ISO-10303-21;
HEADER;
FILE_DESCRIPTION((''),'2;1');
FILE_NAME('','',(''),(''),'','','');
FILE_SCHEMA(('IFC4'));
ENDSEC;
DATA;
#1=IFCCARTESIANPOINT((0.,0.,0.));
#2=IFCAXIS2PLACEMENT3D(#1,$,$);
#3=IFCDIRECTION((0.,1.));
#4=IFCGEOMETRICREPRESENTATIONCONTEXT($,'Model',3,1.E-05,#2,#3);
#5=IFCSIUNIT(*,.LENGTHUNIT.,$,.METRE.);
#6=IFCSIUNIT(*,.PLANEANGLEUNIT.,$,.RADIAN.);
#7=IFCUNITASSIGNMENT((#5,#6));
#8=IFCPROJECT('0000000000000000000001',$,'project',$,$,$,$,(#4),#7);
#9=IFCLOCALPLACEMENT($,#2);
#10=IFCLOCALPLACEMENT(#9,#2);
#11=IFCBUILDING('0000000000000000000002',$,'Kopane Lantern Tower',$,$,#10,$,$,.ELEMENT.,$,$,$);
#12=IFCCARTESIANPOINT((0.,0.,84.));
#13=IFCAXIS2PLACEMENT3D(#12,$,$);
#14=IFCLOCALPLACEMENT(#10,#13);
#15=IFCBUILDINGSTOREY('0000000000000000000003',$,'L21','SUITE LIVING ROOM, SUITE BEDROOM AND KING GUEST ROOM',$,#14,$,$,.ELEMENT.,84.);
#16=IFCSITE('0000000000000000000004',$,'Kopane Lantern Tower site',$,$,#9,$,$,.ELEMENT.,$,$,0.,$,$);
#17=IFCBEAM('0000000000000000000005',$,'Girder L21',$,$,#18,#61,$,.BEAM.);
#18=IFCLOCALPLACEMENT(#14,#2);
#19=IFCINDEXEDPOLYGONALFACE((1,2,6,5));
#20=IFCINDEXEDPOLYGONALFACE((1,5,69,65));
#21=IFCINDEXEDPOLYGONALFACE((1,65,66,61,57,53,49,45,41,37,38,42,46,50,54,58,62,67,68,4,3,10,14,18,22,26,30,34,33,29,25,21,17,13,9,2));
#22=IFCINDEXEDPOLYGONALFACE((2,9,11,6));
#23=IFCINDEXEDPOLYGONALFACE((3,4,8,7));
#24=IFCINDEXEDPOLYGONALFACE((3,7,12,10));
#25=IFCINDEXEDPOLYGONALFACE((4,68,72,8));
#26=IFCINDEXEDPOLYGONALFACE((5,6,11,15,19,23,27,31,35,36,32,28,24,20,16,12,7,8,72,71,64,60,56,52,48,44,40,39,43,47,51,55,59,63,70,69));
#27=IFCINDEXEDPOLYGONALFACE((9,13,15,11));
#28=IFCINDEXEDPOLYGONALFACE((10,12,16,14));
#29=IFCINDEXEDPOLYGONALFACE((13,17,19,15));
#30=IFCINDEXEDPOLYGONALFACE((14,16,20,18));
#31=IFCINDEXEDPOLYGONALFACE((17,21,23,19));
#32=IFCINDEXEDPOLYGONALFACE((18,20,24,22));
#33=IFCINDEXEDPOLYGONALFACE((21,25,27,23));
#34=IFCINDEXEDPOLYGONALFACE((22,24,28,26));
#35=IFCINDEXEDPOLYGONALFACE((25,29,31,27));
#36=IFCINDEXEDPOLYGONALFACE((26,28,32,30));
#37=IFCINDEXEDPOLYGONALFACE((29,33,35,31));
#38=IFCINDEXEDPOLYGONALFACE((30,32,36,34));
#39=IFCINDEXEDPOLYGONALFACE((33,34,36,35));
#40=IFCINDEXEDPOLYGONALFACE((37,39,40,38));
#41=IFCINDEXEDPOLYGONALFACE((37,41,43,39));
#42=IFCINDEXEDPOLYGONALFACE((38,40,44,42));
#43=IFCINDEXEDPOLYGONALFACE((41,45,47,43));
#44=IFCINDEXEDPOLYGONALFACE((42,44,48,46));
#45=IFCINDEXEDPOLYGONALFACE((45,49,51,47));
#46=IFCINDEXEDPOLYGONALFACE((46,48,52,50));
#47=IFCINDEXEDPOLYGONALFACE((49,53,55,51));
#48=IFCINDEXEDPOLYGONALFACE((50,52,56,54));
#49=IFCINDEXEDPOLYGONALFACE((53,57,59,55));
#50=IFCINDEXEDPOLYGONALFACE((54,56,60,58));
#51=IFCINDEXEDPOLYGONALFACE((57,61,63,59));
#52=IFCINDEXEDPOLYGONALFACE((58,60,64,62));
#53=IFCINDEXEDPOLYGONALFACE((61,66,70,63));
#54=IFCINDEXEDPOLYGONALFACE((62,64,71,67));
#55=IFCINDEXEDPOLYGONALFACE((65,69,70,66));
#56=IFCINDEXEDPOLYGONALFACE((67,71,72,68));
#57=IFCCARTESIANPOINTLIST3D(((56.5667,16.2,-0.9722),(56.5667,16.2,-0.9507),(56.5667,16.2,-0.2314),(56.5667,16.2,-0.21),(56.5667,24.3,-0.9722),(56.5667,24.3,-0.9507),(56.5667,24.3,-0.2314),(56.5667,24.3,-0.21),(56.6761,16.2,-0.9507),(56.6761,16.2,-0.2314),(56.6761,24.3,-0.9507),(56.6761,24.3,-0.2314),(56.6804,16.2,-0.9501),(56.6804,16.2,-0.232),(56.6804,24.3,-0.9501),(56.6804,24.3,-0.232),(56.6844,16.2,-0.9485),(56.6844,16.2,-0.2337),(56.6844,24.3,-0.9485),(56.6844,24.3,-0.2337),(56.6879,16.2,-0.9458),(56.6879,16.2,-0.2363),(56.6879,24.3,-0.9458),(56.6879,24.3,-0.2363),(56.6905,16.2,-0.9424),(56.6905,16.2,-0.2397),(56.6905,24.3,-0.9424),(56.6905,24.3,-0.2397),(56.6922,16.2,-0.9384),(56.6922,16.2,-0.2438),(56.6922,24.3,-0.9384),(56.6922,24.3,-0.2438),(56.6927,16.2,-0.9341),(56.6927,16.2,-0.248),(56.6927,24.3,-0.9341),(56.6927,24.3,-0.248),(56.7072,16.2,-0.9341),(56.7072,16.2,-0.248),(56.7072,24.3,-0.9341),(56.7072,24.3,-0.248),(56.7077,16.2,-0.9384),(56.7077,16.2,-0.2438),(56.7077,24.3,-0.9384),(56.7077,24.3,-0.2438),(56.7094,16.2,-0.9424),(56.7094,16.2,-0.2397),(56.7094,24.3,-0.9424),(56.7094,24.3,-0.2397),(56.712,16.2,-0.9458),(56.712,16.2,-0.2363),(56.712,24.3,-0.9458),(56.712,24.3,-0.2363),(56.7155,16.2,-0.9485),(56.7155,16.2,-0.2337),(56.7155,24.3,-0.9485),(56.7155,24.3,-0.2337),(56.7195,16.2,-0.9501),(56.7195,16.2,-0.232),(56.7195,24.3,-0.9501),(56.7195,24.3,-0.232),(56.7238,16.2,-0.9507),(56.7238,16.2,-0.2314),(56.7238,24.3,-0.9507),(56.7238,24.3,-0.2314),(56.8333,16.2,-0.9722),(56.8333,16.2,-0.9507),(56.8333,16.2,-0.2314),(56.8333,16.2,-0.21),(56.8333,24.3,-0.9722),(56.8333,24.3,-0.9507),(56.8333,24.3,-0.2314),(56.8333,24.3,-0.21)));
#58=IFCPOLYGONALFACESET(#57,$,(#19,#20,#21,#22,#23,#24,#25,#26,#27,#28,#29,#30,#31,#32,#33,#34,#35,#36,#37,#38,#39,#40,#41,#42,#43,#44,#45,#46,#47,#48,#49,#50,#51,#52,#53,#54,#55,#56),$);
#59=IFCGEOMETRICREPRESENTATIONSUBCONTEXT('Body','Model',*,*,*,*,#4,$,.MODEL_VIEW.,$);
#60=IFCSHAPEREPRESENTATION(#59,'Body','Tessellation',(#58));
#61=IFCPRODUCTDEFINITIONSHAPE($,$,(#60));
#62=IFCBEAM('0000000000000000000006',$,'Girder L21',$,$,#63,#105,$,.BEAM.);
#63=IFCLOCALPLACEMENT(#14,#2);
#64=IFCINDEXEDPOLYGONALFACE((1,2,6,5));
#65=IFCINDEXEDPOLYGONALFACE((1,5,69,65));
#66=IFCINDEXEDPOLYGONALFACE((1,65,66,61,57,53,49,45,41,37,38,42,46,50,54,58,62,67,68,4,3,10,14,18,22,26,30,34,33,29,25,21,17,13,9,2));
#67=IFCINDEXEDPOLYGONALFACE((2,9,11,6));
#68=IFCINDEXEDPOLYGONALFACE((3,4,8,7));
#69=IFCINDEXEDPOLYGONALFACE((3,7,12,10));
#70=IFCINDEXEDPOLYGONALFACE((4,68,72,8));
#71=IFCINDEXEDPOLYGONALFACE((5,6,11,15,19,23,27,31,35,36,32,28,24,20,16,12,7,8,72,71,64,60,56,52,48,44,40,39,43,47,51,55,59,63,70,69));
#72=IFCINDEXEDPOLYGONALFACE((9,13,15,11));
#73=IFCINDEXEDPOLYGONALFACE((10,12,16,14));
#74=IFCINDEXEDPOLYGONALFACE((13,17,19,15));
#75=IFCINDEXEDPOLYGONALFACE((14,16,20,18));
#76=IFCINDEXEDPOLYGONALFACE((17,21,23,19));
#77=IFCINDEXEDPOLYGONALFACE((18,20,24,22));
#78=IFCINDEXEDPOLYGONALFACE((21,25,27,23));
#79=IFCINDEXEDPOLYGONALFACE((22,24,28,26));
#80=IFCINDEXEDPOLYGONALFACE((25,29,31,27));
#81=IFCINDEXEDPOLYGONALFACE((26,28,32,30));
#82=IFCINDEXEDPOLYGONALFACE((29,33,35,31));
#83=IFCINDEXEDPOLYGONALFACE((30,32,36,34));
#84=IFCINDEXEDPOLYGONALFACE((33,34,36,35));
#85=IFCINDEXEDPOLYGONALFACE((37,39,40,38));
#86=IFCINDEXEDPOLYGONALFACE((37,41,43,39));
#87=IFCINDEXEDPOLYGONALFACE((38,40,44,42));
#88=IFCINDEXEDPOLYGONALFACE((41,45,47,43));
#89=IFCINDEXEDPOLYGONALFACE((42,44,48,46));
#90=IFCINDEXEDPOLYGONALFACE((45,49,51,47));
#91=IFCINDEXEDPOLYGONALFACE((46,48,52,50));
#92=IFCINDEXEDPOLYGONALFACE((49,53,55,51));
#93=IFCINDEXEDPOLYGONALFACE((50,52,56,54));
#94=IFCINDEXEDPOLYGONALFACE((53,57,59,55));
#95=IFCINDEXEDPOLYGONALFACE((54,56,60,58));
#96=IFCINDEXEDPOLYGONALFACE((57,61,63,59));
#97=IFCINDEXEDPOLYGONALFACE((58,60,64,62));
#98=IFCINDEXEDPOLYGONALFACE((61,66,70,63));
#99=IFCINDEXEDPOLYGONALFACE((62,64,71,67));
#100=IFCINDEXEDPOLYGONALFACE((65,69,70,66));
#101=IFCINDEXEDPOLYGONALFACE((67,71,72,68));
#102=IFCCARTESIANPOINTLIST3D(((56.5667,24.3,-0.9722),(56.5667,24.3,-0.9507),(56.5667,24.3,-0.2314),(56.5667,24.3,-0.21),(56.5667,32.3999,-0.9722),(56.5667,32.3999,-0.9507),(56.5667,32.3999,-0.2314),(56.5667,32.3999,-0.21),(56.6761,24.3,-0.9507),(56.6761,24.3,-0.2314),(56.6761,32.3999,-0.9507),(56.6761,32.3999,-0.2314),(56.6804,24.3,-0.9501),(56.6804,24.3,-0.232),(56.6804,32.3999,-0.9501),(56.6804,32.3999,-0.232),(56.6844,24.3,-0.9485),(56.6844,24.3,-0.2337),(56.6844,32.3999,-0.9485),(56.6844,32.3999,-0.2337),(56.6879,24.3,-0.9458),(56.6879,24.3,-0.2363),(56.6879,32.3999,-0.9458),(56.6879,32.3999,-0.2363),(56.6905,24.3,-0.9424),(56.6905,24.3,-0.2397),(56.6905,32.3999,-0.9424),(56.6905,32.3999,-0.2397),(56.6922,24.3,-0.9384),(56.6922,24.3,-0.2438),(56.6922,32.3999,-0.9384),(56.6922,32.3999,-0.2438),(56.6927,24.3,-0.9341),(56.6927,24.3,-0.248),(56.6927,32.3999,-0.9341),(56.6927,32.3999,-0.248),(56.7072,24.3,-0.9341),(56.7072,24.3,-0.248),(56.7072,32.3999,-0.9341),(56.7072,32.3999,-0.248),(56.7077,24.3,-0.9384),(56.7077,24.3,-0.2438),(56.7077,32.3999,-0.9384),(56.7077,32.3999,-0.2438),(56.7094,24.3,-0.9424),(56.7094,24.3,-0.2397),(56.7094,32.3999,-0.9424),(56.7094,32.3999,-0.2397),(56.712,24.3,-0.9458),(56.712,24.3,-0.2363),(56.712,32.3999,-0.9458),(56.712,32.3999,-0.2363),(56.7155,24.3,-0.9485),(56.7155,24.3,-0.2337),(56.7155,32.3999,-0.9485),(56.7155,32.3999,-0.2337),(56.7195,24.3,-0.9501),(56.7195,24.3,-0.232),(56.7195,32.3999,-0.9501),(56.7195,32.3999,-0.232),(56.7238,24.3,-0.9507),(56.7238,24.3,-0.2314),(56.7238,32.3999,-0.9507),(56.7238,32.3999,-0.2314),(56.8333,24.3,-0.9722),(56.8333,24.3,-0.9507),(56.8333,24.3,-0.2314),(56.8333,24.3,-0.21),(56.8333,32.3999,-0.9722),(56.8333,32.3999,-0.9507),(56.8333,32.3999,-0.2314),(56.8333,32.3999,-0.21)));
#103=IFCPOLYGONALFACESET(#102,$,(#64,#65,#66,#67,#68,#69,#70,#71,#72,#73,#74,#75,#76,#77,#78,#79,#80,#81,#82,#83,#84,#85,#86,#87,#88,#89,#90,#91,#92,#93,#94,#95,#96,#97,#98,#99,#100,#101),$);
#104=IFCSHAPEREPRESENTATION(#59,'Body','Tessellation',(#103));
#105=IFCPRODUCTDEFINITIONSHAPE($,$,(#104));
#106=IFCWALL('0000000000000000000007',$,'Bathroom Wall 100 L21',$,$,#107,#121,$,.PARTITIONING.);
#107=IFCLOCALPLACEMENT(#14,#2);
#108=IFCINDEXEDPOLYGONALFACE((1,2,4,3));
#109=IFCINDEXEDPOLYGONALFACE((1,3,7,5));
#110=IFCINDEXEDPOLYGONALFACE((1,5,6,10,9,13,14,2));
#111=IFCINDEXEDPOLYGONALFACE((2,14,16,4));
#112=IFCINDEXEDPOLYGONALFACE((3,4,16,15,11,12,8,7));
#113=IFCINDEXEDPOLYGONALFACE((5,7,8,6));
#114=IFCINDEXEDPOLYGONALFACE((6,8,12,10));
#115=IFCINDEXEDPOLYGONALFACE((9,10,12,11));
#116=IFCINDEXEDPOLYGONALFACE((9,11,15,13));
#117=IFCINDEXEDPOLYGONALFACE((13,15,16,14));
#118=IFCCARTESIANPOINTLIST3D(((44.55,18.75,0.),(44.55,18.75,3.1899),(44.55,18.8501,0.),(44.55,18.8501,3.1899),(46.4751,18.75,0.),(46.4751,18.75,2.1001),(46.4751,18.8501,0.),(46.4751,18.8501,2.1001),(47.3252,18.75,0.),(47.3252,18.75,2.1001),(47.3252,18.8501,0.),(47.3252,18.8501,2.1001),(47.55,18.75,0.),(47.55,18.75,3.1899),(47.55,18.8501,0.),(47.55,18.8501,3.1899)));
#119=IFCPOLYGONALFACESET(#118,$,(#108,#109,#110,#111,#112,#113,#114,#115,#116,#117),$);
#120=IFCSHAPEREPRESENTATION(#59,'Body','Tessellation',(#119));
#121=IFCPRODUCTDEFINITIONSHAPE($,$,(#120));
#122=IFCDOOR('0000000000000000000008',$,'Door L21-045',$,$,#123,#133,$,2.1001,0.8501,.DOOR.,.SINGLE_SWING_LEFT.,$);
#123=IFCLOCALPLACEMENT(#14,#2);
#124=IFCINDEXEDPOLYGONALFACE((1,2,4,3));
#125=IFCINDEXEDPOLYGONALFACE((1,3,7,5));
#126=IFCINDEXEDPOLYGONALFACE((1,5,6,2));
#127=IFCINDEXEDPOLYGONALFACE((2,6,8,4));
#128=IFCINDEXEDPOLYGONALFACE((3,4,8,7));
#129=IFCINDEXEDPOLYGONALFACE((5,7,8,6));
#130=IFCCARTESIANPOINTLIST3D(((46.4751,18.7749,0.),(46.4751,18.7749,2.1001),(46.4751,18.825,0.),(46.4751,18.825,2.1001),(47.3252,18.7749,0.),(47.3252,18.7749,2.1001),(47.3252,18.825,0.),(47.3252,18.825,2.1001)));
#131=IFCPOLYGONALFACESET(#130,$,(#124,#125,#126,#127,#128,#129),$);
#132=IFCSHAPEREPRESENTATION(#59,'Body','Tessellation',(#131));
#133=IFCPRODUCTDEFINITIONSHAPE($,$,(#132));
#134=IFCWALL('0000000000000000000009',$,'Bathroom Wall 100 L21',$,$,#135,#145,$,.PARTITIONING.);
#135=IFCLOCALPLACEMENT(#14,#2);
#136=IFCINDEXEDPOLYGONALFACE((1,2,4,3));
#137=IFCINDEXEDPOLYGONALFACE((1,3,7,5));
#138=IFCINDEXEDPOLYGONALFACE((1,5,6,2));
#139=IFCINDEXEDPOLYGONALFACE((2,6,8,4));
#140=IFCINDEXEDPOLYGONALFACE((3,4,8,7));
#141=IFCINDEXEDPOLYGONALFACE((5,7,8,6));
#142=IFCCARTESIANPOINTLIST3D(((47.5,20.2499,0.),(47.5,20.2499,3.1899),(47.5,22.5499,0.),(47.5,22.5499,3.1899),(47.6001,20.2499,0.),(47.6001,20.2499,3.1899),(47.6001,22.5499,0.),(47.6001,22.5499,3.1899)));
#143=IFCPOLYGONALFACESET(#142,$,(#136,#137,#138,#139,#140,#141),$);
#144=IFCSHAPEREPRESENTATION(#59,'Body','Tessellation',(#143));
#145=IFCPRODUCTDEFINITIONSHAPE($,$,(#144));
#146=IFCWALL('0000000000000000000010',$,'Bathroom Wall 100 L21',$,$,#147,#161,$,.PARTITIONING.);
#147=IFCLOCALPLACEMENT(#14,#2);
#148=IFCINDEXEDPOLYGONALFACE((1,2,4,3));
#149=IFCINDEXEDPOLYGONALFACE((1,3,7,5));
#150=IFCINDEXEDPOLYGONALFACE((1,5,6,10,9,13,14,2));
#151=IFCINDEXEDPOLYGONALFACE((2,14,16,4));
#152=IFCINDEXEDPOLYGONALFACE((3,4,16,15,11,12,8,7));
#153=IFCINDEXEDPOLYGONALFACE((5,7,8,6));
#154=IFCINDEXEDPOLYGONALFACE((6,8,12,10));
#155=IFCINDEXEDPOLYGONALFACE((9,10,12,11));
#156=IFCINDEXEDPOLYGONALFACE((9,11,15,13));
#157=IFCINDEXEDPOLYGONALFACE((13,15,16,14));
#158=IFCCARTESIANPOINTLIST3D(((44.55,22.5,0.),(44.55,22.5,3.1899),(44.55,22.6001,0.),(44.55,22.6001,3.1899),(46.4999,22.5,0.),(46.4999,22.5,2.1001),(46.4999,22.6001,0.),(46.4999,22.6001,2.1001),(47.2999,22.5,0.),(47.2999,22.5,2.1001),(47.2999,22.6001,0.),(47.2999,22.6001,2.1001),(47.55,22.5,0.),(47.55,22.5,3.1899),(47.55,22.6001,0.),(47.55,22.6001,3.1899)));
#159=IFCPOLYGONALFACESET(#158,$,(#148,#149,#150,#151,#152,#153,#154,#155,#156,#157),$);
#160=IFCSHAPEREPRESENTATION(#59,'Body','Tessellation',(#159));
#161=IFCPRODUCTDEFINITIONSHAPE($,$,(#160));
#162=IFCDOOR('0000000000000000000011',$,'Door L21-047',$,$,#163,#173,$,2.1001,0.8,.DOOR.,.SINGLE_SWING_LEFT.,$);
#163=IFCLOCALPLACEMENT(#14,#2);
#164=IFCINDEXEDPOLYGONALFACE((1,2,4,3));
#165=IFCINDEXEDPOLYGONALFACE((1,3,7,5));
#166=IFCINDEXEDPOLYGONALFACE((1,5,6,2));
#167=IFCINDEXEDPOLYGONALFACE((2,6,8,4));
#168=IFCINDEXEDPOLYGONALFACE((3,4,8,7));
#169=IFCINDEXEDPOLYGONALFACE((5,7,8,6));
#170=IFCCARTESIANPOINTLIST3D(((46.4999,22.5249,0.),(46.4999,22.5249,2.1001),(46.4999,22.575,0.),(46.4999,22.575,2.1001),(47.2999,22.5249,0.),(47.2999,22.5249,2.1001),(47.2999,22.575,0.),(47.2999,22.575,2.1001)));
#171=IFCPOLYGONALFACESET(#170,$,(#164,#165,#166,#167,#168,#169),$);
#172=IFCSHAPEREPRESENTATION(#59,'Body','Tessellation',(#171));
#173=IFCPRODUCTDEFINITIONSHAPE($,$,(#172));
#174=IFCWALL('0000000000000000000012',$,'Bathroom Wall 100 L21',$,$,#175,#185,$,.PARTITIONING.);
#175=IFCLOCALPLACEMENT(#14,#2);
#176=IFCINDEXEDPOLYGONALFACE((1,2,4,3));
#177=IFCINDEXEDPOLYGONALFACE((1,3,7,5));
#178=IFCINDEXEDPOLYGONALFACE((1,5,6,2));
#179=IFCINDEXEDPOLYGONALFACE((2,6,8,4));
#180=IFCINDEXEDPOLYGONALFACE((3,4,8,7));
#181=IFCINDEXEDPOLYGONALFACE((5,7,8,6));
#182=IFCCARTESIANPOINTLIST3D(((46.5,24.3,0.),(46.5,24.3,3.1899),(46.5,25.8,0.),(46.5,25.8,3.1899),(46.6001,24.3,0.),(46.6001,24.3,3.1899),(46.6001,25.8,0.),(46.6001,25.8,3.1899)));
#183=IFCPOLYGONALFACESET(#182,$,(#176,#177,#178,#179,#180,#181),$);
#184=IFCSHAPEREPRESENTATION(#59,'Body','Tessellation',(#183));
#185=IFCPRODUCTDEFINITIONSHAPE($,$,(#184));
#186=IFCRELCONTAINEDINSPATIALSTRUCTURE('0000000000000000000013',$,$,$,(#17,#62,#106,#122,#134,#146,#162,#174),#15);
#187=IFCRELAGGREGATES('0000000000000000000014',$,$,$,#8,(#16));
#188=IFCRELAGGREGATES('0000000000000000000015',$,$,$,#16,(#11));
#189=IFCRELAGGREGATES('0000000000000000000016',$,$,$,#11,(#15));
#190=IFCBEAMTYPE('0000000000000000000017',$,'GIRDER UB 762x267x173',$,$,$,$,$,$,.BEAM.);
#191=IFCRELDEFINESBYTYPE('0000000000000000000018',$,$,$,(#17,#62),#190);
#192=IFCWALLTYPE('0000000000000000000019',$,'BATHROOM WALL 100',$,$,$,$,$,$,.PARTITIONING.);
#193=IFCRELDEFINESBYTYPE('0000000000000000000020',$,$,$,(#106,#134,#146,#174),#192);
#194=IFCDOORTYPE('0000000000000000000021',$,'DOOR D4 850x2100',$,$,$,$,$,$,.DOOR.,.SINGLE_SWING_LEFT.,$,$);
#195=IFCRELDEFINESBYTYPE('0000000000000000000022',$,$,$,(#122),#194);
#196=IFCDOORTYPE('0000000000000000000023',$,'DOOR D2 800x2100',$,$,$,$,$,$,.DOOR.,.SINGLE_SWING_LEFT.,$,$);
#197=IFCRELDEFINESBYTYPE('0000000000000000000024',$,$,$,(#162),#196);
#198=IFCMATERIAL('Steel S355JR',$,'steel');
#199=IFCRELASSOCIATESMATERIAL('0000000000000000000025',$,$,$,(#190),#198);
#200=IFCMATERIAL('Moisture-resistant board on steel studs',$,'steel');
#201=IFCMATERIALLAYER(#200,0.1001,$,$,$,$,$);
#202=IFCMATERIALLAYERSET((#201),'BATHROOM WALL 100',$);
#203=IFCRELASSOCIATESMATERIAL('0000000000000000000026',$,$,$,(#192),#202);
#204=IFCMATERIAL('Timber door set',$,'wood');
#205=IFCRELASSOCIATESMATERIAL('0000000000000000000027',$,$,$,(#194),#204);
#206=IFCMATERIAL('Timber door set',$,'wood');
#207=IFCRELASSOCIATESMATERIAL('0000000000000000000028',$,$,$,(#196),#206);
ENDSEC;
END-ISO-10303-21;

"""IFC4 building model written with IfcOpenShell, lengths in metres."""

from ifc_helpers import new_model, si_unit, direction, frame, frame_2d, origin, origin_2d, place, context, subcontext, project, spatial, rectangle, i_section, extrude, material, layer, layer_set, material_profile, profile_set, type_object, element, fill, save


model = new_model("IFC4")

# Units and contexts
model_context = context("Model", 3, precision=1e-05, world=origin(), true_north=direction((0.0, 1.0)))
body_context = subcontext(model_context, "Body", "Model", "MODEL_VIEW")
ifc_project = project(units=[si_unit("LENGTHUNIT", "METRE"), si_unit("PLANEANGLEUNIT", "RADIAN")], contexts=[model_context])

# Site, building, storey
site_placement = place(None, origin())
site = spatial("IfcSite", under=ifc_project, at=site_placement, Name="Kopane Lantern Tower site", CompositionType="ELEMENT", RefElevation=0.0)
building_placement = place(site_placement, origin())
building = spatial("IfcBuilding", under=site, at=building_placement, Name="Kopane Lantern Tower", CompositionType="ELEMENT")
storey_placement = place(building_placement, frame((0.0, 0.0, 84.0)))
storey = spatial("IfcBuildingStorey", under=building, at=storey_placement, Name="L21", Description="SUITE LIVING ROOM, SUITE BEDROOM AND KING GUEST ROOM", CompositionType="ELEMENT", Elevation=84.0)

# Beams
ifc_material_1 = material(Name="Steel S355JR", Category="steel")
ifc_material_profile_1 = material_profile(ifc_material_1, i_section(OverallWidth=0.2666, OverallDepth=0.7622, WebThickness=0.0144, FlangeThickness=0.0215, FilletRadius=0.0166, at=origin_2d()), Name="UB 762x267x173")
ifc_profile_set_1 = profile_set([ifc_material_profile_1], Name="Steel S355JR")
beam_type = type_object("IfcBeamType", Name="GIRDER UB 762x267x173", PredefinedType="BEAM", material=ifc_profile_set_1)
beam_1_placement = place(storey_placement, frame((56.7, 16.2, -0.5911), z_axis=(0.0, 1.0, 0.0), x_axis=(-1.0, 0.0, 0.0)))
element("IfcBeam", 1, at=beam_1_placement, inside=storey, type_object=beam_type, Name="Girder L21", PredefinedType="BEAM", context=body_context, shape_type="SweptSolid", body=[
    extrude(i_section(OverallWidth=0.2666, OverallDepth=0.7622, WebThickness=0.0144, FlangeThickness=0.0215, FilletRadius=0.0166, at=origin_2d()), origin(), (0.0, 0.0, 1.0), 8.1001),
])
beam_2_placement = place(storey_placement, frame((56.7, 24.3, -0.5911), z_axis=(0.0, 1.0, 0.0), x_axis=(-1.0, 0.0, 0.0)))
element("IfcBeam", 2, at=beam_2_placement, inside=storey, type_object=beam_type, Name="Girder L21", PredefinedType="BEAM", context=body_context, shape_type="SweptSolid", body=[
    extrude(i_section(OverallWidth=0.2666, OverallDepth=0.7622, WebThickness=0.0144, FlangeThickness=0.0215, FilletRadius=0.0166, at=origin_2d()), origin(), (0.0, 0.0, 1.0), 8.0999),
])

# Wall, opening, door
ifc_material_2 = material(Name="Moisture-resistant board on steel studs", Category="steel")
ifc_layer_1 = layer(ifc_material_2, 0.1001)
ifc_layer_set_1 = layer_set([ifc_layer_1], Name="BATHROOM WALL 100")
wall_type_1 = type_object("IfcWallType", Name="BATHROOM WALL 100", PredefinedType="PARTITIONING", material=ifc_layer_set_1)
wall_1_placement = place(storey_placement, frame((44.55, 18.8, 0.0), z_axis=(0.0, 0.0, 1.0), x_axis=(1.0, 0.0, 0.0)))
wall_1 = element("IfcWall", 3, at=wall_1_placement, inside=storey, type_object=wall_type_1, Name="Bathroom Wall 100 L21", PredefinedType="PARTITIONING", context=body_context, shape_type="SweptSolid", body=[
    extrude(rectangle(XDim=3.0, YDim=0.1001, at=frame_2d((1.5, 0.0))), origin(), (0.0, 0.0, 1.0), 3.1899),
])
opening_1_placement = place(wall_1_placement, frame((1.925, 0.0, 0.0)))
opening_1 = element("IfcOpeningElement", 4, at=opening_1_placement, cuts=wall_1, PredefinedType="OPENING", context=body_context, shape_type="SweptSolid", body=[
    extrude(rectangle(XDim=0.8501, YDim=2.1001, at=frame_2d((0.425, 1.05))), frame((0.0, 0.0601, 0.0), z_axis=(0.0, -1.0, 0.0), x_axis=(1.0, 0.0, 0.0)), (0.0, 0.0, 1.0), 0.1201),
])
ifc_material_3 = material(Name="Timber door set", Category="wood")
door_type_1 = type_object("IfcDoorType", Name="DOOR D4 850x2100", OperationType="SINGLE_SWING_LEFT", PredefinedType="DOOR", material=ifc_material_3)
door_1_placement = place(opening_1_placement, origin())
door_1 = element("IfcDoor", 5, at=door_1_placement, inside=storey, type_object=door_type_1, Name="Door L21-045", OperationType="SINGLE_SWING_LEFT", OverallHeight=2.1001, OverallWidth=0.8501, PredefinedType="DOOR", context=body_context, shape_type="SweptSolid", body=[
    extrude(rectangle(XDim=0.8501, YDim=2.1001, at=frame_2d((0.425, 1.05))), frame((0.0, 0.0249, 0.0), z_axis=(0.0, -1.0, 0.0), x_axis=(1.0, 0.0, 0.0)), (0.0, 0.0, 1.0), 0.05),
])
fill(opening_1, door_1)

# Wall
wall_2_placement = place(storey_placement, frame((47.55, 20.25, 0.0), z_axis=(0.0, 0.0, 1.0), x_axis=(0.0, 1.0, 0.0)))
element("IfcWall", 6, at=wall_2_placement, inside=storey, type_object=wall_type_1, Name="Bathroom Wall 100 L21", PredefinedType="PARTITIONING", context=body_context, shape_type="SweptSolid", body=[
    extrude(rectangle(XDim=2.3, YDim=0.1001, at=frame_2d((1.1499, 0.0))), origin(), (0.0, 0.0, 1.0), 3.1899),
])

# Wall, opening, door
wall_3_placement = place(storey_placement, frame((44.55, 22.55, 0.0), z_axis=(0.0, 0.0, 1.0), x_axis=(1.0, 0.0, 0.0)))
wall_3 = element("IfcWall", 7, at=wall_3_placement, inside=storey, type_object=wall_type_1, Name="Bathroom Wall 100 L21", PredefinedType="PARTITIONING", context=body_context, shape_type="SweptSolid", body=[
    extrude(rectangle(XDim=3.0, YDim=0.1001, at=frame_2d((1.5, 0.0))), origin(), (0.0, 0.0, 1.0), 3.1899),
])
opening_2_placement = place(wall_3_placement, frame((1.95, 0.0, 0.0)))
opening_2 = element("IfcOpeningElement", 8, at=opening_2_placement, cuts=wall_3, PredefinedType="OPENING", context=body_context, shape_type="SweptSolid", body=[
    extrude(rectangle(XDim=0.8, YDim=2.1001, at=frame_2d((0.3999, 1.05))), frame((0.0, 0.0601, 0.0), z_axis=(0.0, -1.0, 0.0), x_axis=(1.0, 0.0, 0.0)), (0.0, 0.0, 1.0), 0.1201),
])
ifc_material_4 = material(Name="Timber door set", Category="wood")
door_type_2 = type_object("IfcDoorType", Name="DOOR D2 800x2100", OperationType="SINGLE_SWING_LEFT", PredefinedType="DOOR", material=ifc_material_4)
door_2_placement = place(opening_2_placement, origin())
door_2 = element("IfcDoor", 9, at=door_2_placement, inside=storey, type_object=door_type_2, Name="Door L21-047", OperationType="SINGLE_SWING_LEFT", OverallHeight=2.1001, OverallWidth=0.8, PredefinedType="DOOR", context=body_context, shape_type="SweptSolid", body=[
    extrude(rectangle(XDim=0.8, YDim=2.1001, at=frame_2d((0.3999, 1.05))), frame((0.0, 0.0249, 0.0), z_axis=(0.0, -1.0, 0.0), x_axis=(1.0, 0.0, 0.0)), (0.0, 0.0, 1.0), 0.05),
])
fill(opening_2, door_2)

# Wall
wall_4_placement = place(storey_placement, frame((46.55, 24.3, 0.0), z_axis=(0.0, 0.0, 1.0), x_axis=(0.0, 1.0, 0.0)))
element("IfcWall", 10, at=wall_4_placement, inside=storey, type_object=wall_type_1, Name="Bathroom Wall 100 L21", PredefinedType="PARTITIONING", context=body_context, shape_type="SweptSolid", body=[
    extrude(rectangle(XDim=1.5, YDim=0.1001, at=frame_2d((0.75, 0.0))), origin(), (0.0, 0.0, 1.0), 3.1899),
])

save(model, "model.ifc")
